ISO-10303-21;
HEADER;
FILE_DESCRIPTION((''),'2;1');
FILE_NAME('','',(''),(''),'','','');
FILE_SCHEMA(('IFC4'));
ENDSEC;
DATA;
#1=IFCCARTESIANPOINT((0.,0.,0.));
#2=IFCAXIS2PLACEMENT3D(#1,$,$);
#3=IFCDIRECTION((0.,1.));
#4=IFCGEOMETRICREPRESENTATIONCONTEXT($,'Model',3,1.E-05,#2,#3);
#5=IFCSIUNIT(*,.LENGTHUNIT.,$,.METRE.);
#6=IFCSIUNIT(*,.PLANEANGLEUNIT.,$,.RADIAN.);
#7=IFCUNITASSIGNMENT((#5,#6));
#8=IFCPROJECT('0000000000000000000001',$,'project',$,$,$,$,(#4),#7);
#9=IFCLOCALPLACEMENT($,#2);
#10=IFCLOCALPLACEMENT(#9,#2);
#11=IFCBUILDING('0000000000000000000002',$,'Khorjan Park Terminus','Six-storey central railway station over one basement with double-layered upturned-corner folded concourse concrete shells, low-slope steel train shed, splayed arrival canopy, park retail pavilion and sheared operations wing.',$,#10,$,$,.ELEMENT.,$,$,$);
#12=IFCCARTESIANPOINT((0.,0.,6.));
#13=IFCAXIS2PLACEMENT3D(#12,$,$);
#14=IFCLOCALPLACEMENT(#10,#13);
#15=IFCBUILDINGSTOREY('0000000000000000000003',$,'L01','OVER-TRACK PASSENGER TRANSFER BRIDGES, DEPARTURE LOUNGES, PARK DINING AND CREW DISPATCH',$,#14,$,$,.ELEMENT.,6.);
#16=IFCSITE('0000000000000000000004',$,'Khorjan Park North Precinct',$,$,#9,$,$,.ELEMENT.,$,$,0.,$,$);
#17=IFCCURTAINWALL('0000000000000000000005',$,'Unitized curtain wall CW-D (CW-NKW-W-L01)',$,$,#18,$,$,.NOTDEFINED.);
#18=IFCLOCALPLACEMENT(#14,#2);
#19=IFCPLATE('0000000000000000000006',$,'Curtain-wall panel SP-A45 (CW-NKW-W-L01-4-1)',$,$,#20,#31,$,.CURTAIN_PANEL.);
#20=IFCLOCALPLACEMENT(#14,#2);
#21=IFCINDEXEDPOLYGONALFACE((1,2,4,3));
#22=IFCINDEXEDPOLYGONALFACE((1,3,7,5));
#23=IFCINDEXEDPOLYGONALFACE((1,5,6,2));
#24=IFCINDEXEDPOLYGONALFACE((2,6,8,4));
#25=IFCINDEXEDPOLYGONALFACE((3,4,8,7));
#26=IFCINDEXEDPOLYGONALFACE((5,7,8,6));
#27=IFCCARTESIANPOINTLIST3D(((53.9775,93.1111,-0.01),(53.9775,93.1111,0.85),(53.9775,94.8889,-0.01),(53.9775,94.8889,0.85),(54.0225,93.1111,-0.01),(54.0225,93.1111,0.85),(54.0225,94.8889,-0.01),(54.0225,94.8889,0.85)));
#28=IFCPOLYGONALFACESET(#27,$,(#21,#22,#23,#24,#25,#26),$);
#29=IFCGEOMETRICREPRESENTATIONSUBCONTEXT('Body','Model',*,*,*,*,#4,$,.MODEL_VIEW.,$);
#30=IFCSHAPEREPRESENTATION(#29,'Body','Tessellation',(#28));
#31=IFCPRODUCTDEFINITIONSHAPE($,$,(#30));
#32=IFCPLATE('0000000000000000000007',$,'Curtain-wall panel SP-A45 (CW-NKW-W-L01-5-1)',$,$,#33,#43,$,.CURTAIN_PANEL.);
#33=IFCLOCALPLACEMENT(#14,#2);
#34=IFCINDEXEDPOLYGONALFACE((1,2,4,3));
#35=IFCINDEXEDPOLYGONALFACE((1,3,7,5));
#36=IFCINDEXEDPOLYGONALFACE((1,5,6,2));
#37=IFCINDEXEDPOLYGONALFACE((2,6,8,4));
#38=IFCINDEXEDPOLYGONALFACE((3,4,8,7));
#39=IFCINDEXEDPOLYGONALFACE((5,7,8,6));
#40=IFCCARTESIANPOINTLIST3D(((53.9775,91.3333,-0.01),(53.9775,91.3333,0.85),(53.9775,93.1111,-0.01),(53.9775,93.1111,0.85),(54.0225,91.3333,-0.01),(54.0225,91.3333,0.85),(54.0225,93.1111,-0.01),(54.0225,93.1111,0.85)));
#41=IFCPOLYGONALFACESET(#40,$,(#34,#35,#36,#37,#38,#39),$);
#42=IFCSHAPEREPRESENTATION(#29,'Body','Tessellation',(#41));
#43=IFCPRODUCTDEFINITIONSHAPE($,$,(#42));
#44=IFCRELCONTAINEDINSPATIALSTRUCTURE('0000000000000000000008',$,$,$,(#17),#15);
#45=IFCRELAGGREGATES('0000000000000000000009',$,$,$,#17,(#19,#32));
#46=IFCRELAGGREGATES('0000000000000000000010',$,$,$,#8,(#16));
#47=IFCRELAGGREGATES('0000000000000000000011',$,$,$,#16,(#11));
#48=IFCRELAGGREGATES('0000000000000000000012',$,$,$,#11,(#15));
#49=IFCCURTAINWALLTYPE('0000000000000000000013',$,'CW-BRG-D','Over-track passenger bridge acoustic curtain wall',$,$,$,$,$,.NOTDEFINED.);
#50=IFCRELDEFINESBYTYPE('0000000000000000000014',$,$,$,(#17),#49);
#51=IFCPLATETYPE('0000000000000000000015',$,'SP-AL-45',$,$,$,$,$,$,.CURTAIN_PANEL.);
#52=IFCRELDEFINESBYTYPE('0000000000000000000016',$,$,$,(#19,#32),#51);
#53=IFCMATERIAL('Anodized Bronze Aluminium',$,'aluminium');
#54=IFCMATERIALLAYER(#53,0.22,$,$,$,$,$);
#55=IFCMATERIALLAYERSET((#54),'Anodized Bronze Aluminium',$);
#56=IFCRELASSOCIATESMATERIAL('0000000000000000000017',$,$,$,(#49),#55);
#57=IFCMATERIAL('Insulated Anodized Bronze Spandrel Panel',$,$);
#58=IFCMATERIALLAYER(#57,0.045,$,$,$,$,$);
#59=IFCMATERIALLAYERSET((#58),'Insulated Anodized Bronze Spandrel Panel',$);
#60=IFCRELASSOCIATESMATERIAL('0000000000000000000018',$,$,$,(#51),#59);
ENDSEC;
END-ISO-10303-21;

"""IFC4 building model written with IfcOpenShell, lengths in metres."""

from ifc_helpers import new_model, si_unit, direction, frame, origin, origin_2d, place, context, subcontext, project, spatial, rectangle, extrude, material, layer, layer_set, type_object, element, aggregate, save


model = new_model("IFC4")

# Units and contexts
model_context = context("Model", 3, precision=1e-05, world=origin(), true_north=direction((0.0, 1.0)))
body_context = subcontext(model_context, "Body", "Model", "MODEL_VIEW")
ifc_project = project(units=[si_unit("LENGTHUNIT", "METRE"), si_unit("PLANEANGLEUNIT", "RADIAN")], contexts=[model_context])

# Site, building, storey
site_placement = place(None, origin())
site = spatial("IfcSite", under=ifc_project, at=site_placement, Name="Khorjan Park North Precinct", CompositionType="ELEMENT", RefElevation=0.0)
building_placement = place(site_placement, origin())
building = spatial("IfcBuilding", under=site, at=building_placement, Name="Khorjan Park Terminus", Description="Six-storey central railway station over one basement with double-layered upturned-corner folded concourse concrete shells, low-slope steel train shed, splayed arrival canopy, park retail pavilion and sheared operations wing.", CompositionType="ELEMENT")
storey_placement = place(building_placement, frame((0.0, 0.0, 6.0)))
storey = spatial("IfcBuildingStorey", under=building, at=storey_placement, Name="L01", Description="OVER-TRACK PASSENGER TRANSFER BRIDGES, DEPARTURE LOUNGES, PARK DINING AND CREW DISPATCH", CompositionType="ELEMENT", Elevation=6.0)

# Curtain wall, plates
ifc_material_1 = material(Name="Anodized Bronze Aluminium", Category="aluminium")
ifc_layer_1 = layer(ifc_material_1, 0.22)
ifc_layer_set_1 = layer_set([ifc_layer_1], Name="Anodized Bronze Aluminium")
curtain_wall_type = type_object("IfcCurtainWallType", Name="CW-BRG-D", Description="Over-track passenger bridge acoustic curtain wall", PredefinedType="NOTDEFINED", material=ifc_layer_set_1)
curtain_wall_placement = place(storey_placement, origin())
curtain_wall = element("IfcCurtainWall", 1, at=curtain_wall_placement, inside=storey, type_object=curtain_wall_type, Name="Unitized curtain wall CW-D (CW-NKW-W-L01)", PredefinedType="NOTDEFINED")
ifc_material_2 = material(Name="Insulated Anodized Bronze Spandrel Panel")
ifc_layer_2 = layer(ifc_material_2, 0.045)
ifc_layer_set_2 = layer_set([ifc_layer_2], Name="Insulated Anodized Bronze Spandrel Panel")
plate_type_1 = type_object("IfcPlateType", Name="SP-AL-45", PredefinedType="CURTAIN_PANEL", material=ifc_layer_set_2)
plate_1_placement = place(storey_placement, frame((54.0, 94.0, -0.01), z_axis=(0.0, 0.0, 1.0), x_axis=(0.0, -1.0, 0.0)))
plate_1 = element("IfcPlate", 2, at=plate_1_placement, type_object=plate_type_1, Name="Curtain-wall panel SP-A45 (CW-NKW-W-L01-4-1)", PredefinedType="CURTAIN_PANEL", context=body_context, shape_type="SweptSolid", body=[
    extrude(rectangle(XDim=1.7778, YDim=0.045, at=origin_2d()), origin(), (0.0, 0.0, 1.0), 0.86),
])
plate_2_placement = place(storey_placement, frame((54.0, 92.2222, -0.01), z_axis=(0.0, 0.0, 1.0), x_axis=(0.0, -1.0, 0.0)))
plate_2 = element("IfcPlate", 3, at=plate_2_placement, type_object=plate_type_1, Name="Curtain-wall panel SP-A45 (CW-NKW-W-L01-5-1)", PredefinedType="CURTAIN_PANEL", context=body_context, shape_type="SweptSolid", body=[
    extrude(rectangle(XDim=1.7778, YDim=0.045, at=origin_2d()), origin(), (0.0, 0.0, 1.0), 0.86),
])
aggregate(curtain_wall, [plate_1, plate_2])

save(model, "model.ifc")
